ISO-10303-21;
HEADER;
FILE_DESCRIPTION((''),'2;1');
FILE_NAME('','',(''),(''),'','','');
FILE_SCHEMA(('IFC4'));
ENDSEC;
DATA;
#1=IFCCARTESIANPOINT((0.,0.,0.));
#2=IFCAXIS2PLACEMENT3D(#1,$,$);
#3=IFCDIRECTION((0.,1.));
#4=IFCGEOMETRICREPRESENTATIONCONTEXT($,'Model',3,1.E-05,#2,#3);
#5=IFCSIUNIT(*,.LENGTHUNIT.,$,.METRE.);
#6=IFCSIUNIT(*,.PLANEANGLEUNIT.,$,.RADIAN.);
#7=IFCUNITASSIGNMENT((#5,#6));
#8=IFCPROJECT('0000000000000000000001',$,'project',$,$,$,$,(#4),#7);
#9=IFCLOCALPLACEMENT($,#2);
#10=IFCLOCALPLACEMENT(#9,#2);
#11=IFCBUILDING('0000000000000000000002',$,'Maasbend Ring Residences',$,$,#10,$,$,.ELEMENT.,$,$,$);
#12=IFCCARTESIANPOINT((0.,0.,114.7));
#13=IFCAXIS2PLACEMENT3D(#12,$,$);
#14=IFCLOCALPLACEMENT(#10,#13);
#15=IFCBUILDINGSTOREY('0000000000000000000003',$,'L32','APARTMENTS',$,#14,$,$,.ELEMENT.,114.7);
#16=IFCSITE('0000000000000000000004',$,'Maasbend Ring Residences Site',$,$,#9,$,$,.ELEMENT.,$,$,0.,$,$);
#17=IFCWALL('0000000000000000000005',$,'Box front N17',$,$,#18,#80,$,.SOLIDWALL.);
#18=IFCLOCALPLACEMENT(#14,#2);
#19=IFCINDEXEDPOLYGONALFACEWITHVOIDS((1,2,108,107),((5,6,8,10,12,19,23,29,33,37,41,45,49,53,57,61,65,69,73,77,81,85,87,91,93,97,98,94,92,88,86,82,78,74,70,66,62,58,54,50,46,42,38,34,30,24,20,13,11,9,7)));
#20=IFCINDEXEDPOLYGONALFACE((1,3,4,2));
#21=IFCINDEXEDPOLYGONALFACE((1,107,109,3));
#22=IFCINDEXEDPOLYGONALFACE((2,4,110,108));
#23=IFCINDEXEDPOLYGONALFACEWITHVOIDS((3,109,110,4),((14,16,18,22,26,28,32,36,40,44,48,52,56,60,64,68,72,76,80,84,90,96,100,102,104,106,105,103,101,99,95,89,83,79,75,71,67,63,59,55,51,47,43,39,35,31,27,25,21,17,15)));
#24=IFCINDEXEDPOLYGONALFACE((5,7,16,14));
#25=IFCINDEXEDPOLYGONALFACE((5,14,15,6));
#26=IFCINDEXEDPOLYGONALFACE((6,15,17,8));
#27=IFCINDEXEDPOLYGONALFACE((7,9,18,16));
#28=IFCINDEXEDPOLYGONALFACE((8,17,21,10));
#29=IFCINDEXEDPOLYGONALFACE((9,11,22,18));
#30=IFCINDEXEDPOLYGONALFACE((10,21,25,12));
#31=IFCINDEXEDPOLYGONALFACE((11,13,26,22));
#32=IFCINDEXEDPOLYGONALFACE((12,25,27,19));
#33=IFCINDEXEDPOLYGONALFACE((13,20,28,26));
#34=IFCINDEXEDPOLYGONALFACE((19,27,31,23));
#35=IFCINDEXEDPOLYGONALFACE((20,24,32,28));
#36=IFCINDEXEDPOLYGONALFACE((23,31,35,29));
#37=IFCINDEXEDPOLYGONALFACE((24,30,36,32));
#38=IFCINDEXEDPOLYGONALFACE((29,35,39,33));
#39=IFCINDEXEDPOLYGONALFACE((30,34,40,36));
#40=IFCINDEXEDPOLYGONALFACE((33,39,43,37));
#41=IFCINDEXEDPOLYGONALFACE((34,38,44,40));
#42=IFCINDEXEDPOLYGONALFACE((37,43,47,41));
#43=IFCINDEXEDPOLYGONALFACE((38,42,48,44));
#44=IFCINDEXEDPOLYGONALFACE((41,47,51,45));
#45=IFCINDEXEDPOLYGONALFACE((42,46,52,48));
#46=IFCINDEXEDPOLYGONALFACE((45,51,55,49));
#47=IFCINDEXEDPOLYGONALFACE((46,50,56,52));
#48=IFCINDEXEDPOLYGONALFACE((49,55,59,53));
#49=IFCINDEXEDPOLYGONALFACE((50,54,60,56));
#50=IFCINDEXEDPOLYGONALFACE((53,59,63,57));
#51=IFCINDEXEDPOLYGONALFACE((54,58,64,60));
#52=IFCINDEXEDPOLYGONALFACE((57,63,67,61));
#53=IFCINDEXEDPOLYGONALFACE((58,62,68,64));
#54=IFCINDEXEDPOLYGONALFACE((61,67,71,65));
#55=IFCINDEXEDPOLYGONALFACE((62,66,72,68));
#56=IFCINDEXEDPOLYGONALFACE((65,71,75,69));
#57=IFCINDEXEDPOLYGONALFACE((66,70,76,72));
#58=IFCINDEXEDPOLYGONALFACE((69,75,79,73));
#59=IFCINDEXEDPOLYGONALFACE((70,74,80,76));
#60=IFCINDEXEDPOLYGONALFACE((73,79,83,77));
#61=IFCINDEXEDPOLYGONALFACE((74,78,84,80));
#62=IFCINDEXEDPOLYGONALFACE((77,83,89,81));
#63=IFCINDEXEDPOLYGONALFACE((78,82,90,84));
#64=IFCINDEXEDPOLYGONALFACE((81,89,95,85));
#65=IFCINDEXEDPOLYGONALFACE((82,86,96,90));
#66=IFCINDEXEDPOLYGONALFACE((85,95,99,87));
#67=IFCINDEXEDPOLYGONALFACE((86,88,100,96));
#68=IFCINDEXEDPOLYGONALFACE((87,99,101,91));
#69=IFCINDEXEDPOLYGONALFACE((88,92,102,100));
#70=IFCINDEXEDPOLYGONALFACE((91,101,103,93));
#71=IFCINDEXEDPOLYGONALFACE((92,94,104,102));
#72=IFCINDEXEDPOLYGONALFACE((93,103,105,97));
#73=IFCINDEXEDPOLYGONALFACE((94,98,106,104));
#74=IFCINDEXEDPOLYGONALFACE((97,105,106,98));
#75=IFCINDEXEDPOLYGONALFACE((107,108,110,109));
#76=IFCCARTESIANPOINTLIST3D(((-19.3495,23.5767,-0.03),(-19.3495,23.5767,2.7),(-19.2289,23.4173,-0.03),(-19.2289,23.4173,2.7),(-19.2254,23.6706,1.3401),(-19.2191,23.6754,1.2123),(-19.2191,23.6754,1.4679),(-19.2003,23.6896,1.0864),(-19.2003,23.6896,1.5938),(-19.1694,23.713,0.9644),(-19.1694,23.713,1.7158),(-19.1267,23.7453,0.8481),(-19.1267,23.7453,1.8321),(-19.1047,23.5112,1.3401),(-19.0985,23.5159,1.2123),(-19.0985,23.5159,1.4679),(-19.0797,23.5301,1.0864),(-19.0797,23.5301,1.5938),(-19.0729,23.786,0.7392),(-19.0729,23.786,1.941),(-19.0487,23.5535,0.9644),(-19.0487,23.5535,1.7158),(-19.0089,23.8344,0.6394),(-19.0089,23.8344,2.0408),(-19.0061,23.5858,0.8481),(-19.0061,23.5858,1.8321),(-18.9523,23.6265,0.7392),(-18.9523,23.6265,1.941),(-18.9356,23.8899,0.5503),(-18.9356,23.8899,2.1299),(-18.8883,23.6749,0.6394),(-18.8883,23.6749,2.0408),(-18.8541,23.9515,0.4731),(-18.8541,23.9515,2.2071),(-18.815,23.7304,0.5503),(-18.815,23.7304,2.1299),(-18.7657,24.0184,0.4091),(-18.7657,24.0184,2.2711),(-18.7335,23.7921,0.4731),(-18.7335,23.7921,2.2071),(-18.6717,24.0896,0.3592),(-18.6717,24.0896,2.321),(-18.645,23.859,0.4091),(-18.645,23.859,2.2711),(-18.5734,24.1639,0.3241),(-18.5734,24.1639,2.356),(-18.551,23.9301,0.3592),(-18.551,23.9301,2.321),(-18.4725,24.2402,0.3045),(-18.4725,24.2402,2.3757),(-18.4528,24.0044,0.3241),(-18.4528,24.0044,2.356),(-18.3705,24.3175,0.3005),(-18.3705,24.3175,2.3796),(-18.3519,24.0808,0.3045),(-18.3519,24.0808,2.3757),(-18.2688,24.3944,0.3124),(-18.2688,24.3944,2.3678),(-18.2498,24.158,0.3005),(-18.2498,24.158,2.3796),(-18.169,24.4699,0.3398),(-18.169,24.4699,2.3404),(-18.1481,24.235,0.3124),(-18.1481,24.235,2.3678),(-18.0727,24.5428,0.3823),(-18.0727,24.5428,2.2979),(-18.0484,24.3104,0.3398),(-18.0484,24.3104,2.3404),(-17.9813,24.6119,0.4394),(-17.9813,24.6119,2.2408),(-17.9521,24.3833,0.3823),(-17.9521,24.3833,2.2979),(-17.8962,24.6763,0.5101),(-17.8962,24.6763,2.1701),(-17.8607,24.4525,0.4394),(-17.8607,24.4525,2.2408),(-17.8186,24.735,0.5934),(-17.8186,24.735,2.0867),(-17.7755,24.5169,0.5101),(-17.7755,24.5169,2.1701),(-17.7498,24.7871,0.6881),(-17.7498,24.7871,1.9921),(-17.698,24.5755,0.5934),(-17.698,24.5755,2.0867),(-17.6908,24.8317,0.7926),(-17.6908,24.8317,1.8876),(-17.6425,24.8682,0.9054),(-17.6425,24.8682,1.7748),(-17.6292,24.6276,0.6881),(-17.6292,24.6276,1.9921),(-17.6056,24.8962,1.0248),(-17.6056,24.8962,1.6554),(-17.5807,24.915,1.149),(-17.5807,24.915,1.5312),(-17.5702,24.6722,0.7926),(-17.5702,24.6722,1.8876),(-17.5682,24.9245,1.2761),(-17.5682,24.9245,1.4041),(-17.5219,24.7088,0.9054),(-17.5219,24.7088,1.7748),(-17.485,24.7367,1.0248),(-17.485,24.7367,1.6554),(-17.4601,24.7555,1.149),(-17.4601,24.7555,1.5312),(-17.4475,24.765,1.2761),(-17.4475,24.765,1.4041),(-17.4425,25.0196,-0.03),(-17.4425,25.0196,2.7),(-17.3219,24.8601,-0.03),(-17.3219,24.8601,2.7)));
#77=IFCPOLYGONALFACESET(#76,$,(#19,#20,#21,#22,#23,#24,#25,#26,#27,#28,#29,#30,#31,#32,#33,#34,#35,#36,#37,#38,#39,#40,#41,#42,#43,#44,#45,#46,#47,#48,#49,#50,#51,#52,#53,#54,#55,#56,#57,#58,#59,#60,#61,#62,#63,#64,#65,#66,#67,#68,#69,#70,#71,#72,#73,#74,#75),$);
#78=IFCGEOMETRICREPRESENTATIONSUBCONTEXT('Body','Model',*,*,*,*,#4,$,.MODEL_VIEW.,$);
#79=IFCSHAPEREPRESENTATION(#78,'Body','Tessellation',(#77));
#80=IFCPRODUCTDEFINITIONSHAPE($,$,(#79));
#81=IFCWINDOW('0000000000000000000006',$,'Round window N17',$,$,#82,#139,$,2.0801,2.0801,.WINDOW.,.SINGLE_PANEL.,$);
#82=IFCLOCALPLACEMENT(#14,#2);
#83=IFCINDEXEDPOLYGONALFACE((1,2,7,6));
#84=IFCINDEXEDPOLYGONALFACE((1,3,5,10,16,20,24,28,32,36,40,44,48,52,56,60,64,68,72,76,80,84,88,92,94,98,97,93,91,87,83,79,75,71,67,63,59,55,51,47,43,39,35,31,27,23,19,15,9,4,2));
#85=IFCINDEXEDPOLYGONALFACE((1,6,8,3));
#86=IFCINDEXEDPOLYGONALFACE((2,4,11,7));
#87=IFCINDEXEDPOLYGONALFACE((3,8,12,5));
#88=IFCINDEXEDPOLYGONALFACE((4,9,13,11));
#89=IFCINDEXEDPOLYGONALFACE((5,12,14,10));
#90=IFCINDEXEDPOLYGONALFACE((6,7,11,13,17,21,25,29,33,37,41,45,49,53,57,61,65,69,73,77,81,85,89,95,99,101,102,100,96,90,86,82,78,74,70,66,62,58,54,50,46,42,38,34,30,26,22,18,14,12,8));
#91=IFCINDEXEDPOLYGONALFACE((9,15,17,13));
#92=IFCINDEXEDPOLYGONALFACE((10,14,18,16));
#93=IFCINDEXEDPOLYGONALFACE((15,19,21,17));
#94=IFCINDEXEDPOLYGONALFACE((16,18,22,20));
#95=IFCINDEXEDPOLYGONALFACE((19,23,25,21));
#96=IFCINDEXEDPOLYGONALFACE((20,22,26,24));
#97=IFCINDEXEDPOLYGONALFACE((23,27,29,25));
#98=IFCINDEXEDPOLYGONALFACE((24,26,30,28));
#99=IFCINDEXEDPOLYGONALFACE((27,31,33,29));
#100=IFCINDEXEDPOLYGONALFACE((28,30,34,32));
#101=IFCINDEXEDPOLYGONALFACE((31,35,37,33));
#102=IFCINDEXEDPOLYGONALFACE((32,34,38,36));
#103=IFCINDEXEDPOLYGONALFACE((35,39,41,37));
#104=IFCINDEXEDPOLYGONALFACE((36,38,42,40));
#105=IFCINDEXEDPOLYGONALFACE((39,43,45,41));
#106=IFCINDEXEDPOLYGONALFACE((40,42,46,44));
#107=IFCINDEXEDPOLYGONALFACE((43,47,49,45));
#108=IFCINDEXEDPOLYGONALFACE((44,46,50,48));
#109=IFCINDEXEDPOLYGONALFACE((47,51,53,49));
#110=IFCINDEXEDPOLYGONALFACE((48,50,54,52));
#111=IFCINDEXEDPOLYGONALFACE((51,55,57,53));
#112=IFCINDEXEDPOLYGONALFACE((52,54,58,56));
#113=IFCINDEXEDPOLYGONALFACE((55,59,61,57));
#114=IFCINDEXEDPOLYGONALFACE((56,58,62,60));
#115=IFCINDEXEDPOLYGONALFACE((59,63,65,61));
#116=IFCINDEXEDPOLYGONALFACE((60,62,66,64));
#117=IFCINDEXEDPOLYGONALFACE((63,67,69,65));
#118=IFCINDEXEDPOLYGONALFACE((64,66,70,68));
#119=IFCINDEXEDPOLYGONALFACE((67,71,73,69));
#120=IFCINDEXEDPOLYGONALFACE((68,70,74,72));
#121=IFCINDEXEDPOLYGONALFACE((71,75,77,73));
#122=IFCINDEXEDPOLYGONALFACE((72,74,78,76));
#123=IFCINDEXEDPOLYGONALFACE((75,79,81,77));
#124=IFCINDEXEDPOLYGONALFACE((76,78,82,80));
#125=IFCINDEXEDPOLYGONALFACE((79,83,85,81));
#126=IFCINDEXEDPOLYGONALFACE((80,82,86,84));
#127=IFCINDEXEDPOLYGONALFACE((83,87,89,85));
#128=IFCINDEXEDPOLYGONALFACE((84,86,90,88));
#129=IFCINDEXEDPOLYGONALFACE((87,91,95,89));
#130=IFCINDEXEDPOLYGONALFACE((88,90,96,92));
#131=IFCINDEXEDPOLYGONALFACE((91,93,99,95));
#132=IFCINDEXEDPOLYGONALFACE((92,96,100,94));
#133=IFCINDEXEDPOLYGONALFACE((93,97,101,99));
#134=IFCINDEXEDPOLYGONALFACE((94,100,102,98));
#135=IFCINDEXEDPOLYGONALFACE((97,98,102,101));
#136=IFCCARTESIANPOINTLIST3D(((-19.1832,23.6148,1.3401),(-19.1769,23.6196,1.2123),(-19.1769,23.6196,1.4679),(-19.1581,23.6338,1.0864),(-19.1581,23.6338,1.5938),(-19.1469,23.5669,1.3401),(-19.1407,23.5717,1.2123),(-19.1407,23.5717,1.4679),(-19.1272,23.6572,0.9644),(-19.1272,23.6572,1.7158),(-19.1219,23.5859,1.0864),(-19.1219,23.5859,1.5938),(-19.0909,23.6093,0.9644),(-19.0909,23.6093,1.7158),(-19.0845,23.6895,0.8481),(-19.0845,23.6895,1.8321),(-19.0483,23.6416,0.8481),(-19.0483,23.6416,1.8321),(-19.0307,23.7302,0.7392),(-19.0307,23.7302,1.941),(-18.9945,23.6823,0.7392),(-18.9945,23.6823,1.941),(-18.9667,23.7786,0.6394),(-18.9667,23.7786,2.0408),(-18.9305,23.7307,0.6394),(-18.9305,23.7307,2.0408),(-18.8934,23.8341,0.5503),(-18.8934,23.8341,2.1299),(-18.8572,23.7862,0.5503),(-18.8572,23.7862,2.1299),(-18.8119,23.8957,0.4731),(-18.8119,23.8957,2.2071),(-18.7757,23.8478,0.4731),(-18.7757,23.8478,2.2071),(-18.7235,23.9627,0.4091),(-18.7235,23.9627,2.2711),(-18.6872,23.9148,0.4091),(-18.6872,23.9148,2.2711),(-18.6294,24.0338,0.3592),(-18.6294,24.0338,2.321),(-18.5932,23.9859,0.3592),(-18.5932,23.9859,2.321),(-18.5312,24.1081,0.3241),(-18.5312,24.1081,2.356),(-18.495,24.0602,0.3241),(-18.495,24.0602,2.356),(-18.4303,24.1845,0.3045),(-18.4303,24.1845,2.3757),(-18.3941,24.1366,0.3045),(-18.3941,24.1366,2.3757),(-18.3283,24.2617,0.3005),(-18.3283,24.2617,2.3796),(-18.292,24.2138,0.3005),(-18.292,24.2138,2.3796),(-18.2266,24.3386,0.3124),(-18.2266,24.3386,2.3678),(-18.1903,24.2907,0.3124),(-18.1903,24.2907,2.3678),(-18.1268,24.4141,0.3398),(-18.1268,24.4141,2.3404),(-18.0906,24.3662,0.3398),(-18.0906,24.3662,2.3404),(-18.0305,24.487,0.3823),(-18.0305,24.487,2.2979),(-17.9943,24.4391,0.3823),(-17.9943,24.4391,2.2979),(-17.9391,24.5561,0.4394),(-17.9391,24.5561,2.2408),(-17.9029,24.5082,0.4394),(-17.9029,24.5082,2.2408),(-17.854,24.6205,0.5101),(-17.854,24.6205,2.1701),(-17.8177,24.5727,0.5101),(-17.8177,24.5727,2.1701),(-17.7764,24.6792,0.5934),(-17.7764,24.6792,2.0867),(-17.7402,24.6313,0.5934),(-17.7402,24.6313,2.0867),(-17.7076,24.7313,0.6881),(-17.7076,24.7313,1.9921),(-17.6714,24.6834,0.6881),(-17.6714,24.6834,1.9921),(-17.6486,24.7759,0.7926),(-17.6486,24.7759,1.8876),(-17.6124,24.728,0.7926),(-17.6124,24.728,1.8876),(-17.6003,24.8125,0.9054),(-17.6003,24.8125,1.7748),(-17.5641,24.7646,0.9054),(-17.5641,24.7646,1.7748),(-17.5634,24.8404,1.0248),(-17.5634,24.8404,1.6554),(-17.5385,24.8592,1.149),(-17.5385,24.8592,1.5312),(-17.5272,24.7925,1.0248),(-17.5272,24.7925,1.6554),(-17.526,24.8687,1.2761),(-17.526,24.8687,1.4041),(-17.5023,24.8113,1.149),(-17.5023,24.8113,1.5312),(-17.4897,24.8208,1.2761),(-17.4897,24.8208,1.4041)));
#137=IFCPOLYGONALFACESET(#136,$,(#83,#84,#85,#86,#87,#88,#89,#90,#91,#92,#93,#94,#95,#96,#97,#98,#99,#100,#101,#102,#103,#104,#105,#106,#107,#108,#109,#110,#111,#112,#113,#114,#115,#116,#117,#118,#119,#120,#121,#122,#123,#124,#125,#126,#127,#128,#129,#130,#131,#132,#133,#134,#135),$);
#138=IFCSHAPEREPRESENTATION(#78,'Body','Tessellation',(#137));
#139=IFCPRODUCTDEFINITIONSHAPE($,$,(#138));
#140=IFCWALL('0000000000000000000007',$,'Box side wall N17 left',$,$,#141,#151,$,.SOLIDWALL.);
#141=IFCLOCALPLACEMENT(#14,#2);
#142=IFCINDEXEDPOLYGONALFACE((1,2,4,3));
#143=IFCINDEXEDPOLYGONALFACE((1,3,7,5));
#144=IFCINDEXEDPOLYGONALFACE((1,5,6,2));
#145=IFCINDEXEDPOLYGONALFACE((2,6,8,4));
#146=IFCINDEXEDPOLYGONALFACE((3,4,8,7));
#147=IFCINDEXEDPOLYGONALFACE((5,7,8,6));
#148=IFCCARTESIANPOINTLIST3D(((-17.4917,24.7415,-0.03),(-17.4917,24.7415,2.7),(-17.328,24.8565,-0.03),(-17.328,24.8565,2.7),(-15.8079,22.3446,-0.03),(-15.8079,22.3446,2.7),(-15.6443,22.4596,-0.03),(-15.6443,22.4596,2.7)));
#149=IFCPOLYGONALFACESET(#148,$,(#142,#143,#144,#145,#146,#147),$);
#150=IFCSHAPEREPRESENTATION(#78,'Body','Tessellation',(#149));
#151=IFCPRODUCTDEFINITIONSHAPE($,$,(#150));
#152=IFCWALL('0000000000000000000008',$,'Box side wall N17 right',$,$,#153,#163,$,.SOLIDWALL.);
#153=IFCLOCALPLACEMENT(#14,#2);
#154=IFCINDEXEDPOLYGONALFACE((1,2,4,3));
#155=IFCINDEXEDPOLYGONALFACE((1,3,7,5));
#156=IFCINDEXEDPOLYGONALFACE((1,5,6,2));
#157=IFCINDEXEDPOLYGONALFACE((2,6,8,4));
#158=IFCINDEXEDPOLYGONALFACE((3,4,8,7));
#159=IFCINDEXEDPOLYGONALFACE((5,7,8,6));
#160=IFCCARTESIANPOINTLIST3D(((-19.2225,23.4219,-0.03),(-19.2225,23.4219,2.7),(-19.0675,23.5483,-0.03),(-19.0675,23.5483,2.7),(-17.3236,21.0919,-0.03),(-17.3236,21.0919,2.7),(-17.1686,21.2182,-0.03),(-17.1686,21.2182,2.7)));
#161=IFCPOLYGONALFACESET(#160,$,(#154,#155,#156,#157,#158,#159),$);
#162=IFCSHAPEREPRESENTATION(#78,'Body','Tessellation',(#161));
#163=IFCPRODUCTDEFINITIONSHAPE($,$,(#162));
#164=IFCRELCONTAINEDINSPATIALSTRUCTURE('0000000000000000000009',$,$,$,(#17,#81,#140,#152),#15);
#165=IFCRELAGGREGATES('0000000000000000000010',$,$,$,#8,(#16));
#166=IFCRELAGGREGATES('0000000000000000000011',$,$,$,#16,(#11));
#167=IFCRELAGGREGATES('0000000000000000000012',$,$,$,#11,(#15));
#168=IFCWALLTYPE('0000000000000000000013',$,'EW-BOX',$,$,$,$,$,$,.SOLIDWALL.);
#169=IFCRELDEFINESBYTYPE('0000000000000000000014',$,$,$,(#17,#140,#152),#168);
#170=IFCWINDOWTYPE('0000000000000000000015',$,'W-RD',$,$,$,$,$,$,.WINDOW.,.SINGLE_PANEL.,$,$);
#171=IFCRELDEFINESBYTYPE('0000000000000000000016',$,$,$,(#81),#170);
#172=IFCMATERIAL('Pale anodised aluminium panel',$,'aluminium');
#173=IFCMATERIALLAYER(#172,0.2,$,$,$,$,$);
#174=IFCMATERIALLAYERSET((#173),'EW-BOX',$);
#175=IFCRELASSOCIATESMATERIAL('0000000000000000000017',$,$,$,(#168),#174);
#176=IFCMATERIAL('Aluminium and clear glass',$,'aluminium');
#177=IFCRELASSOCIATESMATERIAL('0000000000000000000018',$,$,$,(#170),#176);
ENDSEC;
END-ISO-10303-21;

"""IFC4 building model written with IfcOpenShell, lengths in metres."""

from ifc_helpers import new_model, si_unit, direction, frame, frame_2d, origin, place, context, subcontext, project, spatial, rectangle, circle, extrude, material, layer, layer_set, type_object, element, fill, save


model = new_model("IFC4")

# Units and contexts
model_context = context("Model", 3, precision=1e-05, world=origin(), true_north=direction((0.0, 1.0)))
body_context = subcontext(model_context, "Body", "Model", "MODEL_VIEW")
ifc_project = project(units=[si_unit("LENGTHUNIT", "METRE"), si_unit("PLANEANGLEUNIT", "RADIAN")], contexts=[model_context])

# Site, building, storey
site_placement = place(None, origin())
site = spatial("IfcSite", under=ifc_project, at=site_placement, Name="Maasbend Ring Residences Site", CompositionType="ELEMENT", RefElevation=0.0)
building_placement = place(site_placement, origin())
building = spatial("IfcBuilding", under=site, at=building_placement, Name="Maasbend Ring Residences", CompositionType="ELEMENT")
storey_placement = place(building_placement, frame((0.0, 0.0, 114.7)))
storey = spatial("IfcBuildingStorey", under=building, at=storey_placement, Name="L32", Description="APARTMENTS", CompositionType="ELEMENT", Elevation=114.7)

# Shared definitions
ifc_material_1 = material(Name="Pale anodised aluminium panel", Category="aluminium")
ifc_layer_1 = layer(ifc_material_1, 0.2)
ifc_layer_set_1 = layer_set([ifc_layer_1], Name="EW-BOX")
wall_type_1 = type_object("IfcWallType", Name="EW-BOX", PredefinedType="SOLIDWALL", material=ifc_layer_set_1)
ifc_material_2 = material(Name="Aluminium and clear glass", Category="aluminium")
window_type_1 = type_object("IfcWindowType", Name="W-RD", PartitioningType="SINGLE_PANEL", PredefinedType="WINDOW", material=ifc_material_2)

# Wall, opening, window
wall_1_placement = place(storey_placement, frame((-17.3821, 24.9399, -0.03), z_axis=(0.0, 0.0, 1.0), x_axis=(-0.797457, -0.603376, 0.0)))
wall_1 = element("IfcWall", 1, at=wall_1_placement, inside=storey, type_object=wall_type_1, Name="Box front N17", PredefinedType="SOLIDWALL", context=body_context, shape_type="SweptSolid", body=[
    extrude(rectangle(XDim=2.3914, YDim=0.2, at=frame_2d((1.1958, 0.0))), origin(), (0.0, 0.0, 1.0), 2.73),
])
opening_1_placement = place(wall_1_placement, frame((0.1558, 0.0, 0.3301)))
opening_1 = element("IfcOpeningElement", 2, at=opening_1_placement, cuts=wall_1, PredefinedType="OPENING", context=body_context, shape_type="SweptSolid", body=[
    extrude(circle(Radius=1.04, at=frame_2d((1.04, 1.04))), frame((0.0, 0.1099, 0.0), z_axis=(0.0, -1.0, 0.0), x_axis=(1.0, 0.0, 0.0)), (0.0, 0.0, 1.0), 0.22),
])
window_1_placement = place(opening_1_placement, origin())
window_1 = element("IfcWindow", 3, at=window_1_placement, inside=storey, type_object=window_type_1, Name="Round window N17", OverallHeight=2.0801, OverallWidth=2.0801, PartitioningType="SINGLE_PANEL", PredefinedType="WINDOW", context=body_context, shape_type="SweptSolid", body=[
    extrude(circle(Radius=1.04, at=frame_2d((1.04, 1.04))), frame((0.0, 0.03, 0.0), z_axis=(0.0, -1.0, 0.0), x_axis=(1.0, 0.0, 0.0)), (0.0, 0.0, 1.0), 0.0601),
])
fill(opening_1, window_1)

# Walls
wall_2_placement = place(storey_placement, frame((-15.7261, 22.4021, -0.03), z_axis=(0.0, 0.0, 1.0), x_axis=(-0.574826, 0.818275, 0.0)))
element("IfcWall", 4, at=wall_2_placement, inside=storey, type_object=wall_type_1, Name="Box side wall N17 left", PredefinedType="SOLIDWALL", context=body_context, shape_type="SweptSolid", body=[
    extrude(rectangle(XDim=2.9292, YDim=0.2, at=frame_2d((1.4646, 0.0))), origin(), (0.0, 0.0, 1.0), 2.73),
])
wall_3_placement = place(storey_placement, frame((-17.2461, 21.155, -0.03), z_axis=(0.0, 0.0, 1.0), x_axis=(-0.631742, 0.775179, 0.0)))
element("IfcWall", 5, at=wall_3_placement, inside=storey, type_object=wall_type_1, Name="Box side wall N17 right", PredefinedType="SOLIDWALL", context=body_context, shape_type="SweptSolid", body=[
    extrude(rectangle(XDim=3.0059, YDim=0.2, at=frame_2d((1.5029, 0.0))), origin(), (0.0, 0.0, 1.0), 2.73),
])

save(model, "model.ifc")
